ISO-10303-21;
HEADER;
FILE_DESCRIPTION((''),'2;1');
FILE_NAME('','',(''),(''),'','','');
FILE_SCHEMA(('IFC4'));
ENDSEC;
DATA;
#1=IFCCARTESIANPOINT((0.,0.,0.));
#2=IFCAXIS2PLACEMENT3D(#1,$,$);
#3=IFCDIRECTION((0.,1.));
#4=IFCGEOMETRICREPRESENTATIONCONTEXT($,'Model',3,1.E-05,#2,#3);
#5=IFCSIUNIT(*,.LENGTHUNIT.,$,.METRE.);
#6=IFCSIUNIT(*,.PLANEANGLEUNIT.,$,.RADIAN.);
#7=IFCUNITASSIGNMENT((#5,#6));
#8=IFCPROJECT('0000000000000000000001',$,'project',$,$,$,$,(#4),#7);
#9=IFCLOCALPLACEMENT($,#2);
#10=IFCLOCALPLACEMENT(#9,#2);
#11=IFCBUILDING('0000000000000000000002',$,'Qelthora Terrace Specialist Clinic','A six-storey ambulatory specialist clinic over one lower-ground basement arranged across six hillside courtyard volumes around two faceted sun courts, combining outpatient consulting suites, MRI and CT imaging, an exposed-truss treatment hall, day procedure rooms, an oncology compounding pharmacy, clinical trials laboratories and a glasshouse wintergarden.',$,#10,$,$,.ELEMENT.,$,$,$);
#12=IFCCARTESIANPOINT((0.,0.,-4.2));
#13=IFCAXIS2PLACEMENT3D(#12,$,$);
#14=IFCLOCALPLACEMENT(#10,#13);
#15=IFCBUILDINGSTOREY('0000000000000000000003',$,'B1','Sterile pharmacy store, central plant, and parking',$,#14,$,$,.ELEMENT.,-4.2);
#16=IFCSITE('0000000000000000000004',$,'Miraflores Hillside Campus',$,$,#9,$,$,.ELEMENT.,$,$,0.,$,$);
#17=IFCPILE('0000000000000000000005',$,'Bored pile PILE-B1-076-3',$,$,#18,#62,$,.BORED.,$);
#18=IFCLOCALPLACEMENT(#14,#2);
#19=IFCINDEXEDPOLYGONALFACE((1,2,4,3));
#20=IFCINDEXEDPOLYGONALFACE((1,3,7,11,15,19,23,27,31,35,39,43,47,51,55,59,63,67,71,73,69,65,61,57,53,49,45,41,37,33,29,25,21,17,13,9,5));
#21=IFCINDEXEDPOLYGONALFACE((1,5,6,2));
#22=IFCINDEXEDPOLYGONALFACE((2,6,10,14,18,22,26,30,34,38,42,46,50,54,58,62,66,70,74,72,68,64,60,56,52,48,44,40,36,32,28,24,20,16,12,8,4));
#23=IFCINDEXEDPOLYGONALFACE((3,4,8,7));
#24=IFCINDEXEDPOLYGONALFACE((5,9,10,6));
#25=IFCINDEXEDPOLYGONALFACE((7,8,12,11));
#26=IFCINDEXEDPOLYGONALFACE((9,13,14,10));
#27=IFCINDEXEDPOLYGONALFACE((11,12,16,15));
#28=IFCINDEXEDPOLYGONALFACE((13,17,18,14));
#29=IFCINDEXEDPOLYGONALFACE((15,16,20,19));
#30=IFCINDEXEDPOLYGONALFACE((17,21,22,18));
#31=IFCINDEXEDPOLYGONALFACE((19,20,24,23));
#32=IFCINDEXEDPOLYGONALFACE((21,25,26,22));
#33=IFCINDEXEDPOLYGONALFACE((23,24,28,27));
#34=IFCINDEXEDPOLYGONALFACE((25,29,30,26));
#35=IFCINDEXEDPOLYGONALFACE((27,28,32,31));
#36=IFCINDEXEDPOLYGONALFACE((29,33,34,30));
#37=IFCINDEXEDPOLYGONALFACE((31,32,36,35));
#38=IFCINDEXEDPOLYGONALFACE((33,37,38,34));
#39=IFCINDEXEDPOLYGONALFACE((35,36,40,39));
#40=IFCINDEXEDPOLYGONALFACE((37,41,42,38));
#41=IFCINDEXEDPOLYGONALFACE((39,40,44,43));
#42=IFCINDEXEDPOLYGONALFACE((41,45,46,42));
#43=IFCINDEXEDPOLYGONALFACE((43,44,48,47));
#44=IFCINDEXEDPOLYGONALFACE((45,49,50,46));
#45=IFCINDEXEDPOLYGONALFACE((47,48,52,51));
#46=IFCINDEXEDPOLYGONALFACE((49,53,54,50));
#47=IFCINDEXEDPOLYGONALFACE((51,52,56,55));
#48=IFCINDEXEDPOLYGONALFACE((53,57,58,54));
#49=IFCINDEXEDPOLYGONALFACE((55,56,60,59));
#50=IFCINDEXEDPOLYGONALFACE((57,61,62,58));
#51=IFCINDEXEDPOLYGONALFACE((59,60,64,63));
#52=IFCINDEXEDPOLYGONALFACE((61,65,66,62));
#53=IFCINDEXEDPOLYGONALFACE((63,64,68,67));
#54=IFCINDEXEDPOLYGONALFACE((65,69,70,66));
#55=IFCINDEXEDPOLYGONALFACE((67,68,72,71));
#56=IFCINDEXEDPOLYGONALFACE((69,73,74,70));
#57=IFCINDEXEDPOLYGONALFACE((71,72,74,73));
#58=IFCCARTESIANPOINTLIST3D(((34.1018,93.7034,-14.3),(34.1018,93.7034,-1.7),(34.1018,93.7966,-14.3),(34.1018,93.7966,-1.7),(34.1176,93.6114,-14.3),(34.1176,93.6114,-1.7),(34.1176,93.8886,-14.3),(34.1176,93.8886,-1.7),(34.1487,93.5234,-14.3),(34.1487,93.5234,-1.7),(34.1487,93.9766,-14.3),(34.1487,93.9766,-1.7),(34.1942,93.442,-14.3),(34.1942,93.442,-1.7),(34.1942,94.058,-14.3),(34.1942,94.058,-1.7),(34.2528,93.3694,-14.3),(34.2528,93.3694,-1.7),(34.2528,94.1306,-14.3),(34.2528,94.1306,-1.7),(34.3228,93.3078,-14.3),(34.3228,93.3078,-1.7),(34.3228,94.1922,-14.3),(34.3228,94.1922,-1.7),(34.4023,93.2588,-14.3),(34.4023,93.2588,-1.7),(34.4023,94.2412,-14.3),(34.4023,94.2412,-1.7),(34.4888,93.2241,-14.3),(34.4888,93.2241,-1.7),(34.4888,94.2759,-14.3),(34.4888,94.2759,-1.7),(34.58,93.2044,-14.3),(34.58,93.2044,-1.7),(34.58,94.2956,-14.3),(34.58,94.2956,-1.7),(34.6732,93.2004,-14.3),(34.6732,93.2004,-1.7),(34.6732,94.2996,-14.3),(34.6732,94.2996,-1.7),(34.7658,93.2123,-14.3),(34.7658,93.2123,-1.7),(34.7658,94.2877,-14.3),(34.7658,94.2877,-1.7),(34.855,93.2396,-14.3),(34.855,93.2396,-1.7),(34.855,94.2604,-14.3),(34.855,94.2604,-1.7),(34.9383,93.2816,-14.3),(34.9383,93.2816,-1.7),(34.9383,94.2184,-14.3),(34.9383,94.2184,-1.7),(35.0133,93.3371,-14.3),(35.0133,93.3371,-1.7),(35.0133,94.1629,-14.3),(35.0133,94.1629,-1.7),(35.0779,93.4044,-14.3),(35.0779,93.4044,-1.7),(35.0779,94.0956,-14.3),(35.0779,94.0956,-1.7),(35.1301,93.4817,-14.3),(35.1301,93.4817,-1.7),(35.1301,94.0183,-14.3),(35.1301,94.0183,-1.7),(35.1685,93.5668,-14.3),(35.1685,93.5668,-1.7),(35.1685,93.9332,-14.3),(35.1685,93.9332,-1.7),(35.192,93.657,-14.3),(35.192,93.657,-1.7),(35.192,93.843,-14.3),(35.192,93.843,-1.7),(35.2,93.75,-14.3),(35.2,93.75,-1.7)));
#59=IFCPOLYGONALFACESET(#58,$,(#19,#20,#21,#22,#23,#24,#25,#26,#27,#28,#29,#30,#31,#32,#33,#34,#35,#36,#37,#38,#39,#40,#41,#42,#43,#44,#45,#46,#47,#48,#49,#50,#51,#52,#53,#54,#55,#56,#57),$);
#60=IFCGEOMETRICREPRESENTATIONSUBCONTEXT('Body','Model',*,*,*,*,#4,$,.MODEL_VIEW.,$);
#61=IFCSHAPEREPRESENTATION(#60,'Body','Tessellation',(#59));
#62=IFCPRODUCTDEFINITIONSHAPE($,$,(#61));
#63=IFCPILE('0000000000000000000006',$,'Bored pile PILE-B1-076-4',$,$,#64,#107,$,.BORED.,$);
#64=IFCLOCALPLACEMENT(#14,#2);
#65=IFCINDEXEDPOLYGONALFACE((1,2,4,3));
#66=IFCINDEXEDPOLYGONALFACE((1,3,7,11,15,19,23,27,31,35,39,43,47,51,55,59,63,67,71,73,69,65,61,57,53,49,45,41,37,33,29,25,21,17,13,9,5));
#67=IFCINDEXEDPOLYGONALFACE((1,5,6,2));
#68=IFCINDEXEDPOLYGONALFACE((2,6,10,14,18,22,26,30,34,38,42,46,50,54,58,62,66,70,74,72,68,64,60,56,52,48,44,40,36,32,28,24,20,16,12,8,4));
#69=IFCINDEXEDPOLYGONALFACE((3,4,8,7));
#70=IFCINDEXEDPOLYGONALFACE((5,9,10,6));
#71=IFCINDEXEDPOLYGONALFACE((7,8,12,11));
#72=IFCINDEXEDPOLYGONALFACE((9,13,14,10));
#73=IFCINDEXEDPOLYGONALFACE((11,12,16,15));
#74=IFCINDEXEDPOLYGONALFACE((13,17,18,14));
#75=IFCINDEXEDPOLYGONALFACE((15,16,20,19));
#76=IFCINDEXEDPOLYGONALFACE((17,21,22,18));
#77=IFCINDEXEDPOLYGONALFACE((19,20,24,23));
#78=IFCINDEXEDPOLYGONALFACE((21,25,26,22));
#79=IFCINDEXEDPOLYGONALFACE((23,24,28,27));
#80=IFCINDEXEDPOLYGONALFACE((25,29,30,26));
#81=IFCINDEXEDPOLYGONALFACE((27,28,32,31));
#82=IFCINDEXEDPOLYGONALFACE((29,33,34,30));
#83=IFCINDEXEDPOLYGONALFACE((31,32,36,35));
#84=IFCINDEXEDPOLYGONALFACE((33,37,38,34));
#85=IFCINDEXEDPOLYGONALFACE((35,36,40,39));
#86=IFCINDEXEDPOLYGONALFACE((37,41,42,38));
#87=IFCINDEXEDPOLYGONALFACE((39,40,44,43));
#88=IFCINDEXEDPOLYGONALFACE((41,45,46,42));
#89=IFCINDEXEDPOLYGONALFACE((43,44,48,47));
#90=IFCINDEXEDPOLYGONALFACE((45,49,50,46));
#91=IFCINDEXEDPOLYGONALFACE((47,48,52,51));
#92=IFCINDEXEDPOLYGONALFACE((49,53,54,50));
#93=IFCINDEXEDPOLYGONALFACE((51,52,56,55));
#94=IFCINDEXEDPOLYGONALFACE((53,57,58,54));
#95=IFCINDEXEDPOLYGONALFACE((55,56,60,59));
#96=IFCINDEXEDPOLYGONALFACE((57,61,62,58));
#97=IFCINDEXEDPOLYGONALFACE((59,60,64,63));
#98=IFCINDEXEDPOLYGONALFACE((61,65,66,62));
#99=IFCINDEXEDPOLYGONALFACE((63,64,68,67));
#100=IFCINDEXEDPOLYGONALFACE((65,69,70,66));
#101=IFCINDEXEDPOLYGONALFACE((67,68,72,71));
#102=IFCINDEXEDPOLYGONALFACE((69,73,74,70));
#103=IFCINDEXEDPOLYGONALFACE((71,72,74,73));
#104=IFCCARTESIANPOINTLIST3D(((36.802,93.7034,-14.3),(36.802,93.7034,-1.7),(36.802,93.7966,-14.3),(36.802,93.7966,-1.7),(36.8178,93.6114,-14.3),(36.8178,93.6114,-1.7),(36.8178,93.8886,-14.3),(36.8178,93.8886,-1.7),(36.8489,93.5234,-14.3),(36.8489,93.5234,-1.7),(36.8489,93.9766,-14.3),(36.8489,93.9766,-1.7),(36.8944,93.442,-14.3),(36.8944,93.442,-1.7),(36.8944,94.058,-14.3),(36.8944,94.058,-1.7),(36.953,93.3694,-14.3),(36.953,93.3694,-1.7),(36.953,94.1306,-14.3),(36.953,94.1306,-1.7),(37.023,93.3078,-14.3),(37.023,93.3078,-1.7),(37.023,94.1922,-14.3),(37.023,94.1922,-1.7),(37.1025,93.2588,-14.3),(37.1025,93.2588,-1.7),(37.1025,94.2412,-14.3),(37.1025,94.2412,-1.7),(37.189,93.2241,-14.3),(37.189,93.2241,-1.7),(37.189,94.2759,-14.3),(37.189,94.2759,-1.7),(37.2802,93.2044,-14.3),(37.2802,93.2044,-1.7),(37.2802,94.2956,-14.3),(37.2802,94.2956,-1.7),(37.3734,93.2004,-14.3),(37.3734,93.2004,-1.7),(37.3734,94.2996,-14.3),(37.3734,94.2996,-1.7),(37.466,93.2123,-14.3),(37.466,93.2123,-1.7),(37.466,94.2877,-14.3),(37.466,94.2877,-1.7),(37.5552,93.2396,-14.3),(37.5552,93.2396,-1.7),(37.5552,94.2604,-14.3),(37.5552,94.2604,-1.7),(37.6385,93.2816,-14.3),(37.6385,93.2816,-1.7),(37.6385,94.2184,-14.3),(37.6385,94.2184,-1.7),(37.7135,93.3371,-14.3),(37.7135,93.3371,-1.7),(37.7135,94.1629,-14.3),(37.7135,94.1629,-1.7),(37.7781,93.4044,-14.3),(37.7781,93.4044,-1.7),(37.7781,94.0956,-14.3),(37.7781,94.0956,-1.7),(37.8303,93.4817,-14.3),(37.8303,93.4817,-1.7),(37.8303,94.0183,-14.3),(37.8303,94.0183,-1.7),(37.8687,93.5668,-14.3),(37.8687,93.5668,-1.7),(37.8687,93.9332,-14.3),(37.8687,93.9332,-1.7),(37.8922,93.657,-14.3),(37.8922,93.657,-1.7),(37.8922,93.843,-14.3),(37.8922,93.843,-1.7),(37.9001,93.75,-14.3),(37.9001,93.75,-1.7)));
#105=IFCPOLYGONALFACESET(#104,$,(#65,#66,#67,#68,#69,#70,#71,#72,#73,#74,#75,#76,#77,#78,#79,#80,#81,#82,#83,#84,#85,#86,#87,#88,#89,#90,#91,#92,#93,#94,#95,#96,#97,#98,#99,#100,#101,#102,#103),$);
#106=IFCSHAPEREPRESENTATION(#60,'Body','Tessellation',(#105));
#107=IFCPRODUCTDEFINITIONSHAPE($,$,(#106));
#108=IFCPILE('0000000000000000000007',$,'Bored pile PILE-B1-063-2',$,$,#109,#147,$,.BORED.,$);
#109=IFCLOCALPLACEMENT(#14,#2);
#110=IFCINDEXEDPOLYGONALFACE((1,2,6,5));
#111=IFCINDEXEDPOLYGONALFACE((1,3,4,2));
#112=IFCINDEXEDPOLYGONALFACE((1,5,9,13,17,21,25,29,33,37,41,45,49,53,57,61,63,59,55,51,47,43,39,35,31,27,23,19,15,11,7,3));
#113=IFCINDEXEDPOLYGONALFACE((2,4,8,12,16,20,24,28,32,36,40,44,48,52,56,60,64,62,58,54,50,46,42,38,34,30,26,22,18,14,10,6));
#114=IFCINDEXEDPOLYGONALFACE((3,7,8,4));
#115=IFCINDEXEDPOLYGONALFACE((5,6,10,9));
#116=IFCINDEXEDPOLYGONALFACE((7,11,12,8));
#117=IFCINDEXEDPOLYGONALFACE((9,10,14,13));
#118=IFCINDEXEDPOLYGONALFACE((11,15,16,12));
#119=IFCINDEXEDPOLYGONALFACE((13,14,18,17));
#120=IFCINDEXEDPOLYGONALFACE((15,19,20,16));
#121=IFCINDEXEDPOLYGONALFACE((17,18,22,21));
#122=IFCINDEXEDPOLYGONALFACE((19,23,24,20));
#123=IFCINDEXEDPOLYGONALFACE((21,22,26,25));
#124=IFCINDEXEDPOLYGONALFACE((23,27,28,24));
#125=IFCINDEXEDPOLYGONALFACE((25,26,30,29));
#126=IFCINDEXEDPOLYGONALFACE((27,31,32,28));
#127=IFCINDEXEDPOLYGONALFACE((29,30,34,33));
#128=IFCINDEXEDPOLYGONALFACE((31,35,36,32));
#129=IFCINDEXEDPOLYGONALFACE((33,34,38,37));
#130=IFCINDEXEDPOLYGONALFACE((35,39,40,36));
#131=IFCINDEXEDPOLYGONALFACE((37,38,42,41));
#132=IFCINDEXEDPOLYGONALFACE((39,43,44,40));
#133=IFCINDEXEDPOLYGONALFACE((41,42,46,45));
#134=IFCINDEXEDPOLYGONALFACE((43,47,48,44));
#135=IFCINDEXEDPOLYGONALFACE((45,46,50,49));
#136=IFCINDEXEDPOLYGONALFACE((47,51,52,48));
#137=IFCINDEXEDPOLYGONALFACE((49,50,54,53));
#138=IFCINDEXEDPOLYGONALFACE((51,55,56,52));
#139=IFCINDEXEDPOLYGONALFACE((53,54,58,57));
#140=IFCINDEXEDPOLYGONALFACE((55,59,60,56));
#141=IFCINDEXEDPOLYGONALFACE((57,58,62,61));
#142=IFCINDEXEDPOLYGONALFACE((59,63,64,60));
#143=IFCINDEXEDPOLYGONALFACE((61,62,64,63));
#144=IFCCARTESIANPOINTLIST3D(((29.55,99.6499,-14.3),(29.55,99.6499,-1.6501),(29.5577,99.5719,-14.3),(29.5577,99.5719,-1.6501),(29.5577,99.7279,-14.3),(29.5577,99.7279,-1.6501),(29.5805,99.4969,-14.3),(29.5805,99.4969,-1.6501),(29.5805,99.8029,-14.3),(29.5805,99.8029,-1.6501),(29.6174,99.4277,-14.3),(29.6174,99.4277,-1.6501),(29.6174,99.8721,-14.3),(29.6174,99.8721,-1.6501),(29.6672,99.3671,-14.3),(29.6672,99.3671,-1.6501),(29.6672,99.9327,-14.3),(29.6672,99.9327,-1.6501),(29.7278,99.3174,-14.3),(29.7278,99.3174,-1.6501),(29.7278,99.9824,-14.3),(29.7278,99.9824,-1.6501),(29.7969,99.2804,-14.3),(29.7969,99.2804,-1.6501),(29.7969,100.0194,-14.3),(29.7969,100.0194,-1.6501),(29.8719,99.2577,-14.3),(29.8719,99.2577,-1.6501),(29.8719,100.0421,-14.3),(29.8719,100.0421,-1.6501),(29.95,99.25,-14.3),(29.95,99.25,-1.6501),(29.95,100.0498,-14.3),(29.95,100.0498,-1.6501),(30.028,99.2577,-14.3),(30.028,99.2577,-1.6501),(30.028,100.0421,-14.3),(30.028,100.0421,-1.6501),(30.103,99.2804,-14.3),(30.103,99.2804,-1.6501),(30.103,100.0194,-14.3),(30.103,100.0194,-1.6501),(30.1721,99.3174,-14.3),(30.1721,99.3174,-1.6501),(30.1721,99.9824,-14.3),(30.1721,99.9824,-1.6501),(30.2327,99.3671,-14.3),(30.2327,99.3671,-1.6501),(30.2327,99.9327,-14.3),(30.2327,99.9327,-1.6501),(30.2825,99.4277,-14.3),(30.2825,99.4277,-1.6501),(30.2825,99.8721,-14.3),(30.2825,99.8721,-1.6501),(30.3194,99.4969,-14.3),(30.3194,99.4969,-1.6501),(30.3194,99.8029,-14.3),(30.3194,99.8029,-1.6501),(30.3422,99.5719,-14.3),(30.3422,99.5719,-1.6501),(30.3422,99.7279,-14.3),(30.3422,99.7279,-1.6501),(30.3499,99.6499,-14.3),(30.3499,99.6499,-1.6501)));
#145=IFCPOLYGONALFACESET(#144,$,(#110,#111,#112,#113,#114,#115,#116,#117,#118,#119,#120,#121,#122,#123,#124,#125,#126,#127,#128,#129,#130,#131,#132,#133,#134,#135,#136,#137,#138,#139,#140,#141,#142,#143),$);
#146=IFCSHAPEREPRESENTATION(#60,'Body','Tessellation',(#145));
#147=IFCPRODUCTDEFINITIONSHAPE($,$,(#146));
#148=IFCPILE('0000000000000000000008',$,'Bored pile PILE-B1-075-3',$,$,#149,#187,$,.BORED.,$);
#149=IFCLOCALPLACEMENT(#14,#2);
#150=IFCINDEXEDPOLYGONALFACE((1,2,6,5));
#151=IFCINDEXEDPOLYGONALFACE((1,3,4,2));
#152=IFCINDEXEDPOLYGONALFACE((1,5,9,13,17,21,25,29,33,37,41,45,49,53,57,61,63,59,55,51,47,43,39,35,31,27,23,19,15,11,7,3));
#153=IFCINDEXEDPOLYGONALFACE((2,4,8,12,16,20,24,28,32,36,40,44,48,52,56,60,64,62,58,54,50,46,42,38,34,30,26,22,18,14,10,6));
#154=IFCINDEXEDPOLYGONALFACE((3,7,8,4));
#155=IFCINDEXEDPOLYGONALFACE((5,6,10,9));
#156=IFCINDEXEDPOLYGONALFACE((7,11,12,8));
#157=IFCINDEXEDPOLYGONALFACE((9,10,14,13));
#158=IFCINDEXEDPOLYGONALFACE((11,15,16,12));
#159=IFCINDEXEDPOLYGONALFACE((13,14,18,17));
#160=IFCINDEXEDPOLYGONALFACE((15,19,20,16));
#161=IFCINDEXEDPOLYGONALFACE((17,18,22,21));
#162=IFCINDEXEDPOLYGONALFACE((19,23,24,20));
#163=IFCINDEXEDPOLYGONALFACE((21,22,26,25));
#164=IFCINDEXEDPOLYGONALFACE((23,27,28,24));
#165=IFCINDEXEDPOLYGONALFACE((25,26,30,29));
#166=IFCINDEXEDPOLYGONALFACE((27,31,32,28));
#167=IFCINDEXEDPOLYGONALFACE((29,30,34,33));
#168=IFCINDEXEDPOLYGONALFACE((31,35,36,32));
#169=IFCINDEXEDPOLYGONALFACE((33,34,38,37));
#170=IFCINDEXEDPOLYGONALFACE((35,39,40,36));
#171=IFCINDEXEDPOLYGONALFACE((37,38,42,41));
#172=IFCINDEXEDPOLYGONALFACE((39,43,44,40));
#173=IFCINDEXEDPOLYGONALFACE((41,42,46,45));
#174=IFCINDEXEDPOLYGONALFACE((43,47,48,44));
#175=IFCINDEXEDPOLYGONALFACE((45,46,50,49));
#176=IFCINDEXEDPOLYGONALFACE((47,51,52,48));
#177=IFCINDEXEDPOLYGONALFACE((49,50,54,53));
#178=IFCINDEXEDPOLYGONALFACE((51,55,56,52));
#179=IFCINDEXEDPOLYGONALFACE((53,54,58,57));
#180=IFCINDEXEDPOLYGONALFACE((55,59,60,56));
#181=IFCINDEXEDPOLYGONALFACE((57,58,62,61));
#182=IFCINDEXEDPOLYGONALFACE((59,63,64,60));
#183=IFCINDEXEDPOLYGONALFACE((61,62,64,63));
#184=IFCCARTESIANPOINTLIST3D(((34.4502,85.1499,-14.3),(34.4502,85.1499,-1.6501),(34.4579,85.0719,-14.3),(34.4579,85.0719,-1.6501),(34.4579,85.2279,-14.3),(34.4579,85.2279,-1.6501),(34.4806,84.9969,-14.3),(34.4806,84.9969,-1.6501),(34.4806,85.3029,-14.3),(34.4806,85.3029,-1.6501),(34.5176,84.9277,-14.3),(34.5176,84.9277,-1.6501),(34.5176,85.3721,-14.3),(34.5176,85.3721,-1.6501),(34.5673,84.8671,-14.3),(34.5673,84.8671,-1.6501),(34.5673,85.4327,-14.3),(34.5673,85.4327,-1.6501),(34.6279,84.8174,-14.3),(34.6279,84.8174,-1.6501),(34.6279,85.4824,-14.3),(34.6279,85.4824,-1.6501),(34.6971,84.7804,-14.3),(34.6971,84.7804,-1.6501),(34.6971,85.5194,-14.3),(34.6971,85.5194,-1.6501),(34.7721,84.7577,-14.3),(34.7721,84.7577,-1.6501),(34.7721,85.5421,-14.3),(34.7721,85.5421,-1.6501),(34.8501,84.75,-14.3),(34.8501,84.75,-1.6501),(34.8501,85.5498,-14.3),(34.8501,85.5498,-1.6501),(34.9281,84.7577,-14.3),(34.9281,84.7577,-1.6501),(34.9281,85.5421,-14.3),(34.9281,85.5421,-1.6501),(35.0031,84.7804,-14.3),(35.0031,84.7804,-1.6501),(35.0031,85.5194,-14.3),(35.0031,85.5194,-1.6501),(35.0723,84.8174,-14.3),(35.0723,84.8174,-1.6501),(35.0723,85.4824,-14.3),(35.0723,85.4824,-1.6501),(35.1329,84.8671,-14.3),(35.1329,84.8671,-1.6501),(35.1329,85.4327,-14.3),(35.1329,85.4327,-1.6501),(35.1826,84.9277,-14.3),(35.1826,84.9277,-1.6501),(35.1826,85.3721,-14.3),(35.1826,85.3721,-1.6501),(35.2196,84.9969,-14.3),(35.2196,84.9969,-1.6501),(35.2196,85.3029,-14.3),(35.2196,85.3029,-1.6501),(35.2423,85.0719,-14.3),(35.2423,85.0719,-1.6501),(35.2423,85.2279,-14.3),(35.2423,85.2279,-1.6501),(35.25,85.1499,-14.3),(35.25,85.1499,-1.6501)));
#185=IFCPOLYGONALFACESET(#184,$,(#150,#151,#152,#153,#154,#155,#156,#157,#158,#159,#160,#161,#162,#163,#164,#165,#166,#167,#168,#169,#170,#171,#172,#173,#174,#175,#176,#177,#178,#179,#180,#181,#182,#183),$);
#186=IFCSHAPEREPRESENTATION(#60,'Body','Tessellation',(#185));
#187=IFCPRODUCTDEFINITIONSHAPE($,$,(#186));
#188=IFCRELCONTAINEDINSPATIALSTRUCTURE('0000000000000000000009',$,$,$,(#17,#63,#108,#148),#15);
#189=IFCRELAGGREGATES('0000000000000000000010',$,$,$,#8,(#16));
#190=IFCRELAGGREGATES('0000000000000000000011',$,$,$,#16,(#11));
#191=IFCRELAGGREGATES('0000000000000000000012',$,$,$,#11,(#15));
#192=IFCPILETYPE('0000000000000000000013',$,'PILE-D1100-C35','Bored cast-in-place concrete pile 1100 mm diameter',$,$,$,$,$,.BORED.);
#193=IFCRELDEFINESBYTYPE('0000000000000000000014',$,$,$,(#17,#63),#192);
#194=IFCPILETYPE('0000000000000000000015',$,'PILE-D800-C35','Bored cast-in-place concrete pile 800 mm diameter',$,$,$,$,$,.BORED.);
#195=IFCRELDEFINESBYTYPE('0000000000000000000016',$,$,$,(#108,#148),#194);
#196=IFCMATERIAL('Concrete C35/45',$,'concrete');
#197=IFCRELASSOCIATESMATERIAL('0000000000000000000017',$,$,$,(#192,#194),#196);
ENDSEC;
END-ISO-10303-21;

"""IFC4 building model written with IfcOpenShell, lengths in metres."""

from ifc_helpers import new_model, si_unit, direction, frame, origin, origin_2d, place, context, subcontext, project, spatial, circle, extrude, material, material_profile, profile_set, type_object, element, save


model = new_model("IFC4")

# Units and contexts
model_context = context("Model", 3, precision=1e-05, world=origin(), true_north=direction((0.0, 1.0)))
body_context = subcontext(model_context, "Body", "Model", "MODEL_VIEW")
ifc_project = project(units=[si_unit("LENGTHUNIT", "METRE"), si_unit("PLANEANGLEUNIT", "RADIAN")], contexts=[model_context])

# Site, building, storey
site_placement = place(None, origin())
site = spatial("IfcSite", under=ifc_project, at=site_placement, Name="Miraflores Hillside Campus", CompositionType="ELEMENT", RefElevation=0.0)
building_placement = place(site_placement, origin())
building = spatial("IfcBuilding", under=site, at=building_placement, Name="Qelthora Terrace Specialist Clinic", Description="A six-storey ambulatory specialist clinic over one lower-ground basement arranged across six hillside courtyard volumes around two faceted sun courts, combining outpatient consulting suites, MRI and CT imaging, an exposed-truss treatment hall, day procedure rooms, an oncology compounding pharmacy, clinical trials laboratories and a glasshouse wintergarden.", CompositionType="ELEMENT")
storey_placement = place(building_placement, frame((0.0, 0.0, -4.2)))
storey = spatial("IfcBuildingStorey", under=building, at=storey_placement, Name="B1", Description="Sterile pharmacy store, central plant, and parking", CompositionType="ELEMENT", Elevation=-4.2)

# Shared definitions
ifc_material_1 = material(Name="Concrete C35/45", Category="concrete")

# Piles
ifc_material_profile_1 = material_profile(ifc_material_1, circle(Radius=0.55, at=origin_2d()), Name="PILE1100")
ifc_profile_set_1 = profile_set([ifc_material_profile_1], Name="Concrete C35/45")
pile_type_1 = type_object("IfcPileType", Name="PILE-D1100-C35", Description="Bored cast-in-place concrete pile 1100 mm diameter", PredefinedType="BORED", material=ifc_profile_set_1)
for number, where, z_axis, x_axis, name in (
    (1, (34.6499, 93.75, -1.7), (0.0, 0.0, -1.0), (1.0, 0.0, 0.0), "Bored pile PILE-B1-076-3"),
    (2, (37.3501, 93.75, -1.7), (0.0, 0.0, -1.0), (1.0, 0.0, 0.0), "Bored pile PILE-B1-076-4"),
):
    element("IfcPile", number, at=place(storey_placement, frame(where, z_axis=z_axis, x_axis=x_axis)), inside=storey, type_object=pile_type_1, Name=name, PredefinedType="BORED", context=body_context, shape_type="SweptSolid", body=[
        extrude(circle(Radius=0.55, at=origin_2d()), origin(), (0.0, 0.0, 1.0), 12.6001),
    ])
ifc_material_profile_2 = material_profile(ifc_material_1, circle(Radius=0.3999, at=origin_2d()), Name="PILE800")
ifc_profile_set_2 = profile_set([ifc_material_profile_2], Name="Concrete C35/45")
pile_type_2 = type_object("IfcPileType", Name="PILE-D800-C35", Description="Bored cast-in-place concrete pile 800 mm diameter", PredefinedType="BORED", material=ifc_profile_set_2)
for number, where, z_axis, x_axis, name in (
    (3, (29.95, 99.6499, -1.6501), (0.0, 0.0, -1.0), (1.0, 0.0, 0.0), "Bored pile PILE-B1-063-2"),
    (4, (34.8501, 85.1499, -1.6501), (0.0, 0.0, -1.0), (1.0, 0.0, 0.0), "Bored pile PILE-B1-075-3"),
):
    element("IfcPile", number, at=place(storey_placement, frame(where, z_axis=z_axis, x_axis=x_axis)), inside=storey, type_object=pile_type_2, Name=name, PredefinedType="BORED", context=body_context, shape_type="SweptSolid", body=[
        extrude(circle(Radius=0.3999, at=origin_2d()), origin(), (0.0, 0.0, 1.0), 12.6499),
    ])

save(model, "model.ifc")
